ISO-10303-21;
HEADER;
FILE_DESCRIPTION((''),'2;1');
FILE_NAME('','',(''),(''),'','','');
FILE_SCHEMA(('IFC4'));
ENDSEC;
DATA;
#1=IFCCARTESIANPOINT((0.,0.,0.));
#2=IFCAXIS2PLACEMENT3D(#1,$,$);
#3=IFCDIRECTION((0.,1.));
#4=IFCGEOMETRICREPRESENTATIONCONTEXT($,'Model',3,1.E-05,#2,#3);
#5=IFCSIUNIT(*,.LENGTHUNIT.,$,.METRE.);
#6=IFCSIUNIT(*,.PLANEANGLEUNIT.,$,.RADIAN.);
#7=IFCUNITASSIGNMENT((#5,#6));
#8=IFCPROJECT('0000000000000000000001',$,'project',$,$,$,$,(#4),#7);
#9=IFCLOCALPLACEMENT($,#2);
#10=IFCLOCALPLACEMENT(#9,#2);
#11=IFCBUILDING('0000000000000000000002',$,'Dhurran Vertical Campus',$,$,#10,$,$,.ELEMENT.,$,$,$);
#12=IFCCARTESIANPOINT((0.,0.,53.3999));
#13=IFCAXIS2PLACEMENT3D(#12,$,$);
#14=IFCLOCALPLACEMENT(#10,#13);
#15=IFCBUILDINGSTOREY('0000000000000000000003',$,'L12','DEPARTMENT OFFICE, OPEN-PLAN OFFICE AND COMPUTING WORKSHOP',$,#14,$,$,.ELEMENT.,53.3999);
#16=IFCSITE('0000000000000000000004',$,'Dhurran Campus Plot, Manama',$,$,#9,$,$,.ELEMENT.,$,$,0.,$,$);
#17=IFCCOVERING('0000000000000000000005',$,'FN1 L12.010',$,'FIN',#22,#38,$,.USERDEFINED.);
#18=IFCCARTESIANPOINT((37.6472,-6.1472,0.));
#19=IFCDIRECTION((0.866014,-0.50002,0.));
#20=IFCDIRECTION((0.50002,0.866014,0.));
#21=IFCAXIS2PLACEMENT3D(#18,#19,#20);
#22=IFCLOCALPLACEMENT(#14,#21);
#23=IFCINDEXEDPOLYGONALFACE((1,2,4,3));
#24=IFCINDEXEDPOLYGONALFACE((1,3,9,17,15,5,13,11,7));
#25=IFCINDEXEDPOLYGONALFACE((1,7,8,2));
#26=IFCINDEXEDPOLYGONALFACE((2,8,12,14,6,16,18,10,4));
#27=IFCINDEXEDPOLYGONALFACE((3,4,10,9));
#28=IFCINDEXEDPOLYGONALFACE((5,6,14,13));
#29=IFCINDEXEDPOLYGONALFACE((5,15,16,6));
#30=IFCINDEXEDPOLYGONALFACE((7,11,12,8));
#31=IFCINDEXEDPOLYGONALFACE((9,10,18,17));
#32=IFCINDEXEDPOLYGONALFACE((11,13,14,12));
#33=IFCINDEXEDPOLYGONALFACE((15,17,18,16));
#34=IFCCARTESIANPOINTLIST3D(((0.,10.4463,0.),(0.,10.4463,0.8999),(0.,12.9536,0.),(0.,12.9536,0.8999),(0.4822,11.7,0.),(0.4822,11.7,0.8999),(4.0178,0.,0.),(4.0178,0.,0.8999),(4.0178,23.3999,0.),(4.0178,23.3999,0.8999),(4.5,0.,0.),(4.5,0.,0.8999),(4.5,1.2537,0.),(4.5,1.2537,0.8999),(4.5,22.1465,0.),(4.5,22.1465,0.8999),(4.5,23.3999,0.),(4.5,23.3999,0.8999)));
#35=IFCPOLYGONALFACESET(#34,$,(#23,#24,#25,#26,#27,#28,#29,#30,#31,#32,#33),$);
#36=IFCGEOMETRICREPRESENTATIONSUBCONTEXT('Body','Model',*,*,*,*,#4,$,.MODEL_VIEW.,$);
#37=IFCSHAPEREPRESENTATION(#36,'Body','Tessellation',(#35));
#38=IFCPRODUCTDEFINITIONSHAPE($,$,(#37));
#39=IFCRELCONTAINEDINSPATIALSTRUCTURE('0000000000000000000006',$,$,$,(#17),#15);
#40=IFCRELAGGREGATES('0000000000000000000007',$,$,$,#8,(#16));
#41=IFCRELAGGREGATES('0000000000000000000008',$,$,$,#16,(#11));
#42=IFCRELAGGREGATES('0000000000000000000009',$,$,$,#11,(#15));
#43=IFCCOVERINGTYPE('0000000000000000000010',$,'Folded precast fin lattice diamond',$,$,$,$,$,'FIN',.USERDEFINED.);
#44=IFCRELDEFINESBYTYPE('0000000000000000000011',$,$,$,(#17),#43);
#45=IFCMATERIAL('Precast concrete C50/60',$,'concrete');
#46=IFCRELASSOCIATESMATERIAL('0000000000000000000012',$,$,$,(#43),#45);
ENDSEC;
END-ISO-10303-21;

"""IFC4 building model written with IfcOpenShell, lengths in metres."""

from ifc_helpers import new_model, si_unit, direction, frame, origin, place, context, subcontext, project, spatial, polyline, outline, extrude, material, type_object, element, save


model = new_model("IFC4")

# Units and contexts
model_context = context("Model", 3, precision=1e-05, world=origin(), true_north=direction((0.0, 1.0)))
body_context = subcontext(model_context, "Body", "Model", "MODEL_VIEW")
ifc_project = project(units=[si_unit("LENGTHUNIT", "METRE"), si_unit("PLANEANGLEUNIT", "RADIAN")], contexts=[model_context])

# Site, building, storey
site_placement = place(None, origin())
site = spatial("IfcSite", under=ifc_project, at=site_placement, Name="Dhurran Campus Plot, Manama", CompositionType="ELEMENT", RefElevation=0.0)
building_placement = place(site_placement, origin())
building = spatial("IfcBuilding", under=site, at=building_placement, Name="Dhurran Vertical Campus", CompositionType="ELEMENT")
storey_placement = place(building_placement, frame((0.0, 0.0, 53.3999)))
storey = spatial("IfcBuildingStorey", under=building, at=storey_placement, Name="L12", Description="DEPARTMENT OFFICE, OPEN-PLAN OFFICE AND COMPUTING WORKSHOP", CompositionType="ELEMENT", Elevation=53.3999)

# Covering
ifc_material_1 = material(Name="Precast concrete C50/60", Category="concrete")
covering_type = type_object("IfcCoveringType", Name="Folded precast fin lattice diamond", ElementType="FIN", PredefinedType="USERDEFINED", material=ifc_material_1)
covering_1_placement = place(storey_placement, frame((37.6472, -6.1472, 0.0), z_axis=(0.866014, -0.50002, 0.0), x_axis=(0.50002, 0.866014, 0.0)))
element("IfcCovering", 1, at=covering_1_placement, inside=storey, type_object=covering_type, Name="FN1 L12.010", ObjectType="FIN", PredefinedType="USERDEFINED", context=body_context, shape_type="SweptSolid", body=[
    extrude(outline(polyline([(4.0178, 0.0), (0.0, 10.4463), (0.0, 12.9536), (4.0178, 23.3999), (4.5, 23.3999), (4.5, 22.1465), (0.4822, 11.7), (4.5, 1.2537), (4.5, 0.0), (4.0178, 0.0)])), origin(), (0.0, 0.0, 1.0), 0.8999),
])

save(model, "model.ifc")
